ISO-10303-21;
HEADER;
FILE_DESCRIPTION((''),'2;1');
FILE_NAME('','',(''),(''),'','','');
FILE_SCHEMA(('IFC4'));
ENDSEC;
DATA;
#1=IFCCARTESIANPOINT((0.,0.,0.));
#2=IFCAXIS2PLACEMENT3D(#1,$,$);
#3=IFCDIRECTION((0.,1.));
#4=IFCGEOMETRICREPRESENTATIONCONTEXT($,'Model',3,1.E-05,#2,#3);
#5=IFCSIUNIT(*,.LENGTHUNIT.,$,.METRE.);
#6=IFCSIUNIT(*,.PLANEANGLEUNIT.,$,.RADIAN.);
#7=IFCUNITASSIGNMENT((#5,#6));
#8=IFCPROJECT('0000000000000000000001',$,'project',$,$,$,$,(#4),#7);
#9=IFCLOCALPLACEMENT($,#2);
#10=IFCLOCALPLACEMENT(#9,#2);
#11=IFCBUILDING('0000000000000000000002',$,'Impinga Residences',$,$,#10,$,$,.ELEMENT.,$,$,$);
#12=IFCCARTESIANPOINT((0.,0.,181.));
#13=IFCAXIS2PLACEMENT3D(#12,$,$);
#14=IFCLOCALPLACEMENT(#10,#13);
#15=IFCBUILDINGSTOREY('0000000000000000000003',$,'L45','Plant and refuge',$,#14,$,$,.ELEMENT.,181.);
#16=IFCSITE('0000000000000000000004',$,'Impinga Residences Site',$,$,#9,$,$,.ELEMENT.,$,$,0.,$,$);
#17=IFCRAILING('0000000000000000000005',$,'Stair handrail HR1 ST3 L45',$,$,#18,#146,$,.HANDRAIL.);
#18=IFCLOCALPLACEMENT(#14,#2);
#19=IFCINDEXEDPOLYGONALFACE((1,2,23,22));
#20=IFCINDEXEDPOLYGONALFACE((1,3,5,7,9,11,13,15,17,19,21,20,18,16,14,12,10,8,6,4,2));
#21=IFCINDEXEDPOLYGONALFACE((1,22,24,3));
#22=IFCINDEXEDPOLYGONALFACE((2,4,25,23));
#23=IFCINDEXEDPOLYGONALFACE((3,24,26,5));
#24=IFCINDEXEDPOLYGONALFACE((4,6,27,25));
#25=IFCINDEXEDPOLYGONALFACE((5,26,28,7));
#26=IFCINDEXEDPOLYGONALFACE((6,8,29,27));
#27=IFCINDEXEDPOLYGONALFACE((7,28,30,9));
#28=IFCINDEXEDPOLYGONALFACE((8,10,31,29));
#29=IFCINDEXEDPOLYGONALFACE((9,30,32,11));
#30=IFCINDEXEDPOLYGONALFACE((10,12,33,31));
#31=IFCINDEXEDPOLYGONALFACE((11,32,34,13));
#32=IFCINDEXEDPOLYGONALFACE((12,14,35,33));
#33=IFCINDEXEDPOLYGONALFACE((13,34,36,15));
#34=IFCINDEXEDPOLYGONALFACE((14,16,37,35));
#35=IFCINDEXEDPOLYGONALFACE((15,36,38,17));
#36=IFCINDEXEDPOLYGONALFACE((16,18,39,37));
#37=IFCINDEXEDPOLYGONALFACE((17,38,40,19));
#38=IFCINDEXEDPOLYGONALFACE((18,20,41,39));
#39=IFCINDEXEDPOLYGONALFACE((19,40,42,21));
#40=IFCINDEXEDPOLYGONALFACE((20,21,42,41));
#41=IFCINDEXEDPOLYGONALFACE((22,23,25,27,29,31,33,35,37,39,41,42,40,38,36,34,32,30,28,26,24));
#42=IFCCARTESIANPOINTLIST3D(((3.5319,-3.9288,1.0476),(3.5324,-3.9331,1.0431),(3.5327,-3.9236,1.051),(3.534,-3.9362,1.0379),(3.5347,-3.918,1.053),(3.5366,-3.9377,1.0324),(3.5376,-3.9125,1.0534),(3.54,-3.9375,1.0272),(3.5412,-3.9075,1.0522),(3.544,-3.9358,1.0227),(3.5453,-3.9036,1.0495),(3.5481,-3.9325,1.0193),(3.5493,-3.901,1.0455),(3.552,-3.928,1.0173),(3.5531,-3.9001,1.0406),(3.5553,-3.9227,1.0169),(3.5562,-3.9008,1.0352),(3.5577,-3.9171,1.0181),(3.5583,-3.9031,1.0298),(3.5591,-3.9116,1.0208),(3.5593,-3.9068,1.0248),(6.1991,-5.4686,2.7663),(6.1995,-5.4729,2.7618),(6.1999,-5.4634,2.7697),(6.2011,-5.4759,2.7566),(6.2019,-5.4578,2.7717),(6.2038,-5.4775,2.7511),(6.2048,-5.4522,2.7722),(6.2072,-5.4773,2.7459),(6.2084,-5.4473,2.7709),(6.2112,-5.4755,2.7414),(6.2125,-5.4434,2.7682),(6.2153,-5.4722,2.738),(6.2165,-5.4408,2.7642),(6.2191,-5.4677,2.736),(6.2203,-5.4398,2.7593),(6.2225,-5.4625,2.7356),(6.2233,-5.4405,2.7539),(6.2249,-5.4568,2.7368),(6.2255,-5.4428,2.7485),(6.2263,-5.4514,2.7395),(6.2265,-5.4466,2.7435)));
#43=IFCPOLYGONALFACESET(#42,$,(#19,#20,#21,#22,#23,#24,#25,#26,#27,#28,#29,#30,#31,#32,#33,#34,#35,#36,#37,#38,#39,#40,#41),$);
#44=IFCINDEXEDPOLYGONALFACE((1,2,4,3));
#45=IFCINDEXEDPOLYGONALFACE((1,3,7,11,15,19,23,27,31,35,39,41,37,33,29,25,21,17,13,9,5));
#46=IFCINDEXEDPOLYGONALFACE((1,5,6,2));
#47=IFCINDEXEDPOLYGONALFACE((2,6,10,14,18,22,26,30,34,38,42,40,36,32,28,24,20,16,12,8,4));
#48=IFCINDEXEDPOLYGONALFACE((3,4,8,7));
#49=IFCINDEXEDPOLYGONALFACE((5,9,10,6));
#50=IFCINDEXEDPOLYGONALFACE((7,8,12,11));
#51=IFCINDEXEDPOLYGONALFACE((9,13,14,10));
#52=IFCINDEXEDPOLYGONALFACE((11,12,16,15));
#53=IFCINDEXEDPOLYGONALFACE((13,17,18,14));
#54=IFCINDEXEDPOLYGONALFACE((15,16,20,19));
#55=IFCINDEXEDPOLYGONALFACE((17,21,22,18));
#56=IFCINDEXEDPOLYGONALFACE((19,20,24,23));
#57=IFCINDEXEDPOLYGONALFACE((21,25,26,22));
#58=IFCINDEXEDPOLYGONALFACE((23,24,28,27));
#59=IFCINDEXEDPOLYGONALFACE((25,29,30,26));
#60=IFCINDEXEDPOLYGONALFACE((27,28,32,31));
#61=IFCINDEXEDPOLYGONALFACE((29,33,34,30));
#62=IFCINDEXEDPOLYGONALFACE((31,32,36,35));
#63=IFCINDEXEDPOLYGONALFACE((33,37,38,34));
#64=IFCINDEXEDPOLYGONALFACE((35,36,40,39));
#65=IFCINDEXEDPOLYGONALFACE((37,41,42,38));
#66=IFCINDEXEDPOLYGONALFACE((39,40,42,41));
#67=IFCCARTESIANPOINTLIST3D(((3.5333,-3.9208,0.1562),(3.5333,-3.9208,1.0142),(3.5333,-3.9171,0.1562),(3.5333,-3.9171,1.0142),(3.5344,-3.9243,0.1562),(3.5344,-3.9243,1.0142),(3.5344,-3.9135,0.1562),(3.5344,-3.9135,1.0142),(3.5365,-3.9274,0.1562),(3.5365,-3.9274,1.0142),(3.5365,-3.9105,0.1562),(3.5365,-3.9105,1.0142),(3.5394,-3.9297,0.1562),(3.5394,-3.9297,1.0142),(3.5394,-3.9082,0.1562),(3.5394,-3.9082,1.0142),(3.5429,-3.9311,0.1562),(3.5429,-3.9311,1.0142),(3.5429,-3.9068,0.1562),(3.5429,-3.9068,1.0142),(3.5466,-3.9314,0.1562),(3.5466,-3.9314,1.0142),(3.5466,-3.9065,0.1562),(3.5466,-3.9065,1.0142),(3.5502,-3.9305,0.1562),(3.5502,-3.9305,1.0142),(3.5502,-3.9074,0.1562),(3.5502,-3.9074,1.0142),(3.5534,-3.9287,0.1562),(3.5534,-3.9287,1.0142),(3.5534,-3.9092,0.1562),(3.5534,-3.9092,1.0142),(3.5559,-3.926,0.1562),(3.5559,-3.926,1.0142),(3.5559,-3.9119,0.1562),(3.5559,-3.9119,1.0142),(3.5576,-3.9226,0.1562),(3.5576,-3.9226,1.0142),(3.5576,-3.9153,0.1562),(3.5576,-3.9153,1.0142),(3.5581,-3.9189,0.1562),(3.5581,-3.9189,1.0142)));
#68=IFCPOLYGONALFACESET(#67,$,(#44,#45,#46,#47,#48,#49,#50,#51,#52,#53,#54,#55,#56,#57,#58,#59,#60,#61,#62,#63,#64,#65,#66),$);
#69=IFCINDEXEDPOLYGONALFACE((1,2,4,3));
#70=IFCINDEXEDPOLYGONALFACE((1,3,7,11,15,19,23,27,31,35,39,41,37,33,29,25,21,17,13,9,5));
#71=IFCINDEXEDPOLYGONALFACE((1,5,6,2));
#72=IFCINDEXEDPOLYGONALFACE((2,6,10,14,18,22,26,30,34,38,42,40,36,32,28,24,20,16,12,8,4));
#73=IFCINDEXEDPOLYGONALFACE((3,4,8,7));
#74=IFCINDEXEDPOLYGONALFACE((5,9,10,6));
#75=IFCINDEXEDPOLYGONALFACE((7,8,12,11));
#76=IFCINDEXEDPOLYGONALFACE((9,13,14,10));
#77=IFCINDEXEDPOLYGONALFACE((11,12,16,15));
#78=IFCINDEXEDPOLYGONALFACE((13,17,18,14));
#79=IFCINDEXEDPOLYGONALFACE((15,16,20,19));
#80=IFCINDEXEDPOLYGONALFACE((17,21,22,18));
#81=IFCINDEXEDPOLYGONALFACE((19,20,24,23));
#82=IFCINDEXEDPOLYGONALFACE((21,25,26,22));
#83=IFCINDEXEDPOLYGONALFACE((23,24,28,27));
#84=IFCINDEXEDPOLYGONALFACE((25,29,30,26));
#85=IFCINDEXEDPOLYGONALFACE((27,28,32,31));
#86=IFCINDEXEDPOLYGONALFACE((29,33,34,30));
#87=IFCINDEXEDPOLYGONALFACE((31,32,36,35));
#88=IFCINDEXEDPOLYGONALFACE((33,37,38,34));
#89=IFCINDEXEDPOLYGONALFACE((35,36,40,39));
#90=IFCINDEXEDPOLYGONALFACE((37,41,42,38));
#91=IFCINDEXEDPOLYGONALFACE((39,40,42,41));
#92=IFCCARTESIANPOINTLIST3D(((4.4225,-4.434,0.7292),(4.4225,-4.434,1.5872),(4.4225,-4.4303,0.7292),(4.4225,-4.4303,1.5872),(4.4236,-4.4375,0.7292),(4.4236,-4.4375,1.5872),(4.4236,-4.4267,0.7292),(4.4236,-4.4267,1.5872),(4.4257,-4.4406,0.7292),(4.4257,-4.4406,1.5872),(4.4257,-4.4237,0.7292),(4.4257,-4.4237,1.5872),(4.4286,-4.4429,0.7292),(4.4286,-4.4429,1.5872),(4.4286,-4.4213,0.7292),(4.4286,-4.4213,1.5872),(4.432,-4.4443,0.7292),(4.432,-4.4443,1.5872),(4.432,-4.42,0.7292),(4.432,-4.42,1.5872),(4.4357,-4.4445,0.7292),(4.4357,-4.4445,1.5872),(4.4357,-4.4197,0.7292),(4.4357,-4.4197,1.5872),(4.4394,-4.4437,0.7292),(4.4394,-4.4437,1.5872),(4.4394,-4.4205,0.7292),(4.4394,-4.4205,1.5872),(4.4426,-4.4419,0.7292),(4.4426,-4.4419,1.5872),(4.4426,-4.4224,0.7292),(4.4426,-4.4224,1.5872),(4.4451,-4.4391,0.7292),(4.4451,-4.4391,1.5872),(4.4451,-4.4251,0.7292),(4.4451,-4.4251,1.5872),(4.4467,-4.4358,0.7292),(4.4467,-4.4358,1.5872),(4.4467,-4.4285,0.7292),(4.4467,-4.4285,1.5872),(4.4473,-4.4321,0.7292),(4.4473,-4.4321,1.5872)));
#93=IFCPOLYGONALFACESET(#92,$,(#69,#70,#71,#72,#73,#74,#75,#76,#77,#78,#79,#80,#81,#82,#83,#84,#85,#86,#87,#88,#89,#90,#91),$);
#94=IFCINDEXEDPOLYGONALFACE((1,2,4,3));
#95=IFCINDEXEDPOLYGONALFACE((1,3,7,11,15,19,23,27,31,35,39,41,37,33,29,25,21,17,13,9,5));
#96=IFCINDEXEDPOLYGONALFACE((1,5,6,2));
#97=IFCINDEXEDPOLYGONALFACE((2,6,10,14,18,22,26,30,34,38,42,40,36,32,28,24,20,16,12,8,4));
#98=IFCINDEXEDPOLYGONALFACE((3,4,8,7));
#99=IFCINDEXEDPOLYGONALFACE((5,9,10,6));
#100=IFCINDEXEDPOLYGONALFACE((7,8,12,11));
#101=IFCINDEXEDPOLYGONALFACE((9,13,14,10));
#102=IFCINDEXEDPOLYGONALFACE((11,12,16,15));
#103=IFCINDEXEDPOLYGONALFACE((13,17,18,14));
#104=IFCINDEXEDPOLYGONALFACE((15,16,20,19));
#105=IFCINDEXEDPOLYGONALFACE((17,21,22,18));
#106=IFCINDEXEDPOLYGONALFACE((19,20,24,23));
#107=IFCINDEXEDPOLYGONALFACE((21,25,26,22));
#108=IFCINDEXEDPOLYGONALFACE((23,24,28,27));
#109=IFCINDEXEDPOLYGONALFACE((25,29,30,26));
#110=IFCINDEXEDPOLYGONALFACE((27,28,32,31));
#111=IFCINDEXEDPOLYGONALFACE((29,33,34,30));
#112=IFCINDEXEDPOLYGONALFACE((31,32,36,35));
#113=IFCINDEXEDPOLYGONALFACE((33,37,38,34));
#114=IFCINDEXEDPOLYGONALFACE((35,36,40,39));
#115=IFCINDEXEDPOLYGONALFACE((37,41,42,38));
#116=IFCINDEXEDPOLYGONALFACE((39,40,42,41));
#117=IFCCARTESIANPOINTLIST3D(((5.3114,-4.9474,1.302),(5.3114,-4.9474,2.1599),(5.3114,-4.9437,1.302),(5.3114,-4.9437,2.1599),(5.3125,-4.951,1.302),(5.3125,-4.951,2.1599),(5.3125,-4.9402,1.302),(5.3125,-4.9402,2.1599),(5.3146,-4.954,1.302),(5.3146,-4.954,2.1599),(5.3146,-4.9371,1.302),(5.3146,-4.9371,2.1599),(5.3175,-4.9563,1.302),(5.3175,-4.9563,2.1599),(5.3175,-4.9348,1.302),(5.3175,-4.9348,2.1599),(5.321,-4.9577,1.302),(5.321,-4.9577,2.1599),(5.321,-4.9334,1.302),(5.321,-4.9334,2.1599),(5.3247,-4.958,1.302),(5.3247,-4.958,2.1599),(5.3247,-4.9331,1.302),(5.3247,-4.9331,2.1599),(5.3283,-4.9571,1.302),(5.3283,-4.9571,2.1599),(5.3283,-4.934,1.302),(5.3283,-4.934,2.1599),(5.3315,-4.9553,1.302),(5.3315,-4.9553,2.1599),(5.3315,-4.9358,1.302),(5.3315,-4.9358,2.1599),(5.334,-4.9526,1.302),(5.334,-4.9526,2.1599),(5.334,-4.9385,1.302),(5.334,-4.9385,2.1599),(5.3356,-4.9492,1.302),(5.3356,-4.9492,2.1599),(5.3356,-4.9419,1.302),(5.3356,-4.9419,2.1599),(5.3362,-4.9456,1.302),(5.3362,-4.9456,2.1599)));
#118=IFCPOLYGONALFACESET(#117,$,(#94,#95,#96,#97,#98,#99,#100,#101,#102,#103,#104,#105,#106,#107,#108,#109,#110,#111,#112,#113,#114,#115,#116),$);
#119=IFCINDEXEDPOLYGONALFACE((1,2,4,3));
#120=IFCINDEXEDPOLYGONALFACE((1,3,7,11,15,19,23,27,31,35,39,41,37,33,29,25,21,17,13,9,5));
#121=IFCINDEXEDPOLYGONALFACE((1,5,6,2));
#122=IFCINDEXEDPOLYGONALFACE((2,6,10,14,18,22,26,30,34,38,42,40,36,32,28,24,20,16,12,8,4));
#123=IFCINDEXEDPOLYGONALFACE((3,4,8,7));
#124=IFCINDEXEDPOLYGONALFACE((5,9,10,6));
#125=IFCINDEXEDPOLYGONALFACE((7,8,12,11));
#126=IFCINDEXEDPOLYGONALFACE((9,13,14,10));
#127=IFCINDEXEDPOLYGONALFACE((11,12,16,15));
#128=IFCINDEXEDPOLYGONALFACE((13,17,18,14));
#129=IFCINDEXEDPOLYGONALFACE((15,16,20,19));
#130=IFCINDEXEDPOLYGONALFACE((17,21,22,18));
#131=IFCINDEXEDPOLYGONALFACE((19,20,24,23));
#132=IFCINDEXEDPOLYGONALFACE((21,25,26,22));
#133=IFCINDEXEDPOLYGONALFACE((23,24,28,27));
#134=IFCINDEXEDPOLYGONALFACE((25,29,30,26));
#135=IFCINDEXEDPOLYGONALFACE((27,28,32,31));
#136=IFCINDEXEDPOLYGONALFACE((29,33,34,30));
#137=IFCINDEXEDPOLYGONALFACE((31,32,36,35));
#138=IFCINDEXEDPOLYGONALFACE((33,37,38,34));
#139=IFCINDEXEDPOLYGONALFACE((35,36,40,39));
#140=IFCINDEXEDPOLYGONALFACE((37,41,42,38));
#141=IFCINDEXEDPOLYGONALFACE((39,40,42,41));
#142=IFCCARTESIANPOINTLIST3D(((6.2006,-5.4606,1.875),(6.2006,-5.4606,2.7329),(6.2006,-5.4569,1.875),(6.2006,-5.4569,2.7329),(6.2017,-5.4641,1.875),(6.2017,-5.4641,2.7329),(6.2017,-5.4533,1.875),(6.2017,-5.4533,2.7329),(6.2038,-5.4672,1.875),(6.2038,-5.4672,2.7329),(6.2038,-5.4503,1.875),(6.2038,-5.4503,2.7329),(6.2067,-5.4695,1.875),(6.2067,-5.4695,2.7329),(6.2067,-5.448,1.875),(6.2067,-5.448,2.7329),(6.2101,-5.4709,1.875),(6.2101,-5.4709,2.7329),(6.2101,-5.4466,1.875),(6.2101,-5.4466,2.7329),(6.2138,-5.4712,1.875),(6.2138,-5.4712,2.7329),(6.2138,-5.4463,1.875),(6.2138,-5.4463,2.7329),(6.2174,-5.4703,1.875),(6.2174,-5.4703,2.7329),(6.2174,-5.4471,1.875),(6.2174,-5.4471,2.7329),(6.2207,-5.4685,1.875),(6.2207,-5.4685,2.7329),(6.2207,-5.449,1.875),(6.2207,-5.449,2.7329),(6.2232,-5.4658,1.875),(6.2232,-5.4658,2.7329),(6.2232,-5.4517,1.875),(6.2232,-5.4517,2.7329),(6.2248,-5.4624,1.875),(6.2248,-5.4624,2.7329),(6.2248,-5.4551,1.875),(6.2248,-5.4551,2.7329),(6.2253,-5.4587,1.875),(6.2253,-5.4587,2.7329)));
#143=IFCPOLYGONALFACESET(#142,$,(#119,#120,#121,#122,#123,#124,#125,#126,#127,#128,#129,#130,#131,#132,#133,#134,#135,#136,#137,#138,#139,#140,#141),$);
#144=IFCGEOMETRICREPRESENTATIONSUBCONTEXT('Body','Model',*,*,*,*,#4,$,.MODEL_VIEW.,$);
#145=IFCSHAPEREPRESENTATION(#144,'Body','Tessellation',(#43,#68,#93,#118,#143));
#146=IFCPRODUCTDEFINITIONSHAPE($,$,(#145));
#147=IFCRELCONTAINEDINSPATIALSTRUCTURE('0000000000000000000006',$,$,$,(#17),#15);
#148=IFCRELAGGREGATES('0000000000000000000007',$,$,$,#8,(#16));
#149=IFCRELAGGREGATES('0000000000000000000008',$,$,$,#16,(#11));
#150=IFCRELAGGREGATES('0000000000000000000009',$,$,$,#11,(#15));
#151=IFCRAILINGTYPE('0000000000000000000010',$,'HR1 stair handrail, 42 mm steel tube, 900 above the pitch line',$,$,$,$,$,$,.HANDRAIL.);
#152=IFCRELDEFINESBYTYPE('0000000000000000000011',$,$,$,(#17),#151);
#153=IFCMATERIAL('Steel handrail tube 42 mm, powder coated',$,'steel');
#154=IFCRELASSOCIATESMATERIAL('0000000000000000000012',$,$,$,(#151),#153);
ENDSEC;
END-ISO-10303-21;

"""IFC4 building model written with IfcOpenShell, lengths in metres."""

from ifc_helpers import new_model, si_unit, direction, frame, origin, origin_2d, place, context, subcontext, project, spatial, circle, extrude, material, type_object, element, save


model = new_model("IFC4")

# Units and contexts
model_context = context("Model", 3, precision=1e-05, world=origin(), true_north=direction((0.0, 1.0)))
body_context = subcontext(model_context, "Body", "Model", "MODEL_VIEW")
ifc_project = project(units=[si_unit("LENGTHUNIT", "METRE"), si_unit("PLANEANGLEUNIT", "RADIAN")], contexts=[model_context])

# Site, building, storey
site_placement = place(None, origin())
site = spatial("IfcSite", under=ifc_project, at=site_placement, Name="Impinga Residences Site", CompositionType="ELEMENT", RefElevation=0.0)
building_placement = place(site_placement, origin())
building = spatial("IfcBuilding", under=site, at=building_placement, Name="Impinga Residences", CompositionType="ELEMENT")
storey_placement = place(building_placement, frame((0.0, 0.0, 181.0)))
storey = spatial("IfcBuildingStorey", under=building, at=storey_placement, Name="L45", Description="Plant and refuge", CompositionType="ELEMENT", Elevation=181.0)

# Railing
ifc_material_1 = material(Name="Steel handrail tube 42 mm, powder coated", Category="steel")
railing_type_1 = type_object("IfcRailingType", Name="HR1 stair handrail, 42 mm steel tube, 900 above the pitch line", PredefinedType="HANDRAIL", material=ifc_material_1)
railing_1_placement = place(storey_placement, frame((3.5457, -3.9189, 0.1562)))
element("IfcRailing", 1, at=railing_1_placement, inside=storey, type_object=railing_type_1, Name="Stair handrail HR1 ST3 L45", PredefinedType="HANDRAIL", context=body_context, shape_type="SweptSolid", body=[
    extrude(circle(Radius=0.021, at=origin_2d()), frame((0.0, 0.0, 0.8789), z_axis=(0.756249, -0.436582, 0.487322), x_axis=(0.499967, 0.866044, 0.0)), (0.0, 0.0, 1.0), 3.5269),
    extrude(circle(Radius=0.0125, at=origin_2d()), origin(), (0.0, 0.0, 1.0), 0.8579),
    extrude(circle(Radius=0.0125, at=origin_2d()), frame((0.8892, -0.5132, 0.573)), (0.0, 0.0, 1.0), 0.8579),
    extrude(circle(Radius=0.0125, at=origin_2d()), frame((1.7781, -1.0266, 1.1458)), (0.0, 0.0, 1.0), 0.8579),
    extrude(circle(Radius=0.0125, at=origin_2d()), frame((2.6672, -1.5398, 1.7188)), (0.0, 0.0, 1.0), 0.8579),
])

save(model, "model.ifc")
